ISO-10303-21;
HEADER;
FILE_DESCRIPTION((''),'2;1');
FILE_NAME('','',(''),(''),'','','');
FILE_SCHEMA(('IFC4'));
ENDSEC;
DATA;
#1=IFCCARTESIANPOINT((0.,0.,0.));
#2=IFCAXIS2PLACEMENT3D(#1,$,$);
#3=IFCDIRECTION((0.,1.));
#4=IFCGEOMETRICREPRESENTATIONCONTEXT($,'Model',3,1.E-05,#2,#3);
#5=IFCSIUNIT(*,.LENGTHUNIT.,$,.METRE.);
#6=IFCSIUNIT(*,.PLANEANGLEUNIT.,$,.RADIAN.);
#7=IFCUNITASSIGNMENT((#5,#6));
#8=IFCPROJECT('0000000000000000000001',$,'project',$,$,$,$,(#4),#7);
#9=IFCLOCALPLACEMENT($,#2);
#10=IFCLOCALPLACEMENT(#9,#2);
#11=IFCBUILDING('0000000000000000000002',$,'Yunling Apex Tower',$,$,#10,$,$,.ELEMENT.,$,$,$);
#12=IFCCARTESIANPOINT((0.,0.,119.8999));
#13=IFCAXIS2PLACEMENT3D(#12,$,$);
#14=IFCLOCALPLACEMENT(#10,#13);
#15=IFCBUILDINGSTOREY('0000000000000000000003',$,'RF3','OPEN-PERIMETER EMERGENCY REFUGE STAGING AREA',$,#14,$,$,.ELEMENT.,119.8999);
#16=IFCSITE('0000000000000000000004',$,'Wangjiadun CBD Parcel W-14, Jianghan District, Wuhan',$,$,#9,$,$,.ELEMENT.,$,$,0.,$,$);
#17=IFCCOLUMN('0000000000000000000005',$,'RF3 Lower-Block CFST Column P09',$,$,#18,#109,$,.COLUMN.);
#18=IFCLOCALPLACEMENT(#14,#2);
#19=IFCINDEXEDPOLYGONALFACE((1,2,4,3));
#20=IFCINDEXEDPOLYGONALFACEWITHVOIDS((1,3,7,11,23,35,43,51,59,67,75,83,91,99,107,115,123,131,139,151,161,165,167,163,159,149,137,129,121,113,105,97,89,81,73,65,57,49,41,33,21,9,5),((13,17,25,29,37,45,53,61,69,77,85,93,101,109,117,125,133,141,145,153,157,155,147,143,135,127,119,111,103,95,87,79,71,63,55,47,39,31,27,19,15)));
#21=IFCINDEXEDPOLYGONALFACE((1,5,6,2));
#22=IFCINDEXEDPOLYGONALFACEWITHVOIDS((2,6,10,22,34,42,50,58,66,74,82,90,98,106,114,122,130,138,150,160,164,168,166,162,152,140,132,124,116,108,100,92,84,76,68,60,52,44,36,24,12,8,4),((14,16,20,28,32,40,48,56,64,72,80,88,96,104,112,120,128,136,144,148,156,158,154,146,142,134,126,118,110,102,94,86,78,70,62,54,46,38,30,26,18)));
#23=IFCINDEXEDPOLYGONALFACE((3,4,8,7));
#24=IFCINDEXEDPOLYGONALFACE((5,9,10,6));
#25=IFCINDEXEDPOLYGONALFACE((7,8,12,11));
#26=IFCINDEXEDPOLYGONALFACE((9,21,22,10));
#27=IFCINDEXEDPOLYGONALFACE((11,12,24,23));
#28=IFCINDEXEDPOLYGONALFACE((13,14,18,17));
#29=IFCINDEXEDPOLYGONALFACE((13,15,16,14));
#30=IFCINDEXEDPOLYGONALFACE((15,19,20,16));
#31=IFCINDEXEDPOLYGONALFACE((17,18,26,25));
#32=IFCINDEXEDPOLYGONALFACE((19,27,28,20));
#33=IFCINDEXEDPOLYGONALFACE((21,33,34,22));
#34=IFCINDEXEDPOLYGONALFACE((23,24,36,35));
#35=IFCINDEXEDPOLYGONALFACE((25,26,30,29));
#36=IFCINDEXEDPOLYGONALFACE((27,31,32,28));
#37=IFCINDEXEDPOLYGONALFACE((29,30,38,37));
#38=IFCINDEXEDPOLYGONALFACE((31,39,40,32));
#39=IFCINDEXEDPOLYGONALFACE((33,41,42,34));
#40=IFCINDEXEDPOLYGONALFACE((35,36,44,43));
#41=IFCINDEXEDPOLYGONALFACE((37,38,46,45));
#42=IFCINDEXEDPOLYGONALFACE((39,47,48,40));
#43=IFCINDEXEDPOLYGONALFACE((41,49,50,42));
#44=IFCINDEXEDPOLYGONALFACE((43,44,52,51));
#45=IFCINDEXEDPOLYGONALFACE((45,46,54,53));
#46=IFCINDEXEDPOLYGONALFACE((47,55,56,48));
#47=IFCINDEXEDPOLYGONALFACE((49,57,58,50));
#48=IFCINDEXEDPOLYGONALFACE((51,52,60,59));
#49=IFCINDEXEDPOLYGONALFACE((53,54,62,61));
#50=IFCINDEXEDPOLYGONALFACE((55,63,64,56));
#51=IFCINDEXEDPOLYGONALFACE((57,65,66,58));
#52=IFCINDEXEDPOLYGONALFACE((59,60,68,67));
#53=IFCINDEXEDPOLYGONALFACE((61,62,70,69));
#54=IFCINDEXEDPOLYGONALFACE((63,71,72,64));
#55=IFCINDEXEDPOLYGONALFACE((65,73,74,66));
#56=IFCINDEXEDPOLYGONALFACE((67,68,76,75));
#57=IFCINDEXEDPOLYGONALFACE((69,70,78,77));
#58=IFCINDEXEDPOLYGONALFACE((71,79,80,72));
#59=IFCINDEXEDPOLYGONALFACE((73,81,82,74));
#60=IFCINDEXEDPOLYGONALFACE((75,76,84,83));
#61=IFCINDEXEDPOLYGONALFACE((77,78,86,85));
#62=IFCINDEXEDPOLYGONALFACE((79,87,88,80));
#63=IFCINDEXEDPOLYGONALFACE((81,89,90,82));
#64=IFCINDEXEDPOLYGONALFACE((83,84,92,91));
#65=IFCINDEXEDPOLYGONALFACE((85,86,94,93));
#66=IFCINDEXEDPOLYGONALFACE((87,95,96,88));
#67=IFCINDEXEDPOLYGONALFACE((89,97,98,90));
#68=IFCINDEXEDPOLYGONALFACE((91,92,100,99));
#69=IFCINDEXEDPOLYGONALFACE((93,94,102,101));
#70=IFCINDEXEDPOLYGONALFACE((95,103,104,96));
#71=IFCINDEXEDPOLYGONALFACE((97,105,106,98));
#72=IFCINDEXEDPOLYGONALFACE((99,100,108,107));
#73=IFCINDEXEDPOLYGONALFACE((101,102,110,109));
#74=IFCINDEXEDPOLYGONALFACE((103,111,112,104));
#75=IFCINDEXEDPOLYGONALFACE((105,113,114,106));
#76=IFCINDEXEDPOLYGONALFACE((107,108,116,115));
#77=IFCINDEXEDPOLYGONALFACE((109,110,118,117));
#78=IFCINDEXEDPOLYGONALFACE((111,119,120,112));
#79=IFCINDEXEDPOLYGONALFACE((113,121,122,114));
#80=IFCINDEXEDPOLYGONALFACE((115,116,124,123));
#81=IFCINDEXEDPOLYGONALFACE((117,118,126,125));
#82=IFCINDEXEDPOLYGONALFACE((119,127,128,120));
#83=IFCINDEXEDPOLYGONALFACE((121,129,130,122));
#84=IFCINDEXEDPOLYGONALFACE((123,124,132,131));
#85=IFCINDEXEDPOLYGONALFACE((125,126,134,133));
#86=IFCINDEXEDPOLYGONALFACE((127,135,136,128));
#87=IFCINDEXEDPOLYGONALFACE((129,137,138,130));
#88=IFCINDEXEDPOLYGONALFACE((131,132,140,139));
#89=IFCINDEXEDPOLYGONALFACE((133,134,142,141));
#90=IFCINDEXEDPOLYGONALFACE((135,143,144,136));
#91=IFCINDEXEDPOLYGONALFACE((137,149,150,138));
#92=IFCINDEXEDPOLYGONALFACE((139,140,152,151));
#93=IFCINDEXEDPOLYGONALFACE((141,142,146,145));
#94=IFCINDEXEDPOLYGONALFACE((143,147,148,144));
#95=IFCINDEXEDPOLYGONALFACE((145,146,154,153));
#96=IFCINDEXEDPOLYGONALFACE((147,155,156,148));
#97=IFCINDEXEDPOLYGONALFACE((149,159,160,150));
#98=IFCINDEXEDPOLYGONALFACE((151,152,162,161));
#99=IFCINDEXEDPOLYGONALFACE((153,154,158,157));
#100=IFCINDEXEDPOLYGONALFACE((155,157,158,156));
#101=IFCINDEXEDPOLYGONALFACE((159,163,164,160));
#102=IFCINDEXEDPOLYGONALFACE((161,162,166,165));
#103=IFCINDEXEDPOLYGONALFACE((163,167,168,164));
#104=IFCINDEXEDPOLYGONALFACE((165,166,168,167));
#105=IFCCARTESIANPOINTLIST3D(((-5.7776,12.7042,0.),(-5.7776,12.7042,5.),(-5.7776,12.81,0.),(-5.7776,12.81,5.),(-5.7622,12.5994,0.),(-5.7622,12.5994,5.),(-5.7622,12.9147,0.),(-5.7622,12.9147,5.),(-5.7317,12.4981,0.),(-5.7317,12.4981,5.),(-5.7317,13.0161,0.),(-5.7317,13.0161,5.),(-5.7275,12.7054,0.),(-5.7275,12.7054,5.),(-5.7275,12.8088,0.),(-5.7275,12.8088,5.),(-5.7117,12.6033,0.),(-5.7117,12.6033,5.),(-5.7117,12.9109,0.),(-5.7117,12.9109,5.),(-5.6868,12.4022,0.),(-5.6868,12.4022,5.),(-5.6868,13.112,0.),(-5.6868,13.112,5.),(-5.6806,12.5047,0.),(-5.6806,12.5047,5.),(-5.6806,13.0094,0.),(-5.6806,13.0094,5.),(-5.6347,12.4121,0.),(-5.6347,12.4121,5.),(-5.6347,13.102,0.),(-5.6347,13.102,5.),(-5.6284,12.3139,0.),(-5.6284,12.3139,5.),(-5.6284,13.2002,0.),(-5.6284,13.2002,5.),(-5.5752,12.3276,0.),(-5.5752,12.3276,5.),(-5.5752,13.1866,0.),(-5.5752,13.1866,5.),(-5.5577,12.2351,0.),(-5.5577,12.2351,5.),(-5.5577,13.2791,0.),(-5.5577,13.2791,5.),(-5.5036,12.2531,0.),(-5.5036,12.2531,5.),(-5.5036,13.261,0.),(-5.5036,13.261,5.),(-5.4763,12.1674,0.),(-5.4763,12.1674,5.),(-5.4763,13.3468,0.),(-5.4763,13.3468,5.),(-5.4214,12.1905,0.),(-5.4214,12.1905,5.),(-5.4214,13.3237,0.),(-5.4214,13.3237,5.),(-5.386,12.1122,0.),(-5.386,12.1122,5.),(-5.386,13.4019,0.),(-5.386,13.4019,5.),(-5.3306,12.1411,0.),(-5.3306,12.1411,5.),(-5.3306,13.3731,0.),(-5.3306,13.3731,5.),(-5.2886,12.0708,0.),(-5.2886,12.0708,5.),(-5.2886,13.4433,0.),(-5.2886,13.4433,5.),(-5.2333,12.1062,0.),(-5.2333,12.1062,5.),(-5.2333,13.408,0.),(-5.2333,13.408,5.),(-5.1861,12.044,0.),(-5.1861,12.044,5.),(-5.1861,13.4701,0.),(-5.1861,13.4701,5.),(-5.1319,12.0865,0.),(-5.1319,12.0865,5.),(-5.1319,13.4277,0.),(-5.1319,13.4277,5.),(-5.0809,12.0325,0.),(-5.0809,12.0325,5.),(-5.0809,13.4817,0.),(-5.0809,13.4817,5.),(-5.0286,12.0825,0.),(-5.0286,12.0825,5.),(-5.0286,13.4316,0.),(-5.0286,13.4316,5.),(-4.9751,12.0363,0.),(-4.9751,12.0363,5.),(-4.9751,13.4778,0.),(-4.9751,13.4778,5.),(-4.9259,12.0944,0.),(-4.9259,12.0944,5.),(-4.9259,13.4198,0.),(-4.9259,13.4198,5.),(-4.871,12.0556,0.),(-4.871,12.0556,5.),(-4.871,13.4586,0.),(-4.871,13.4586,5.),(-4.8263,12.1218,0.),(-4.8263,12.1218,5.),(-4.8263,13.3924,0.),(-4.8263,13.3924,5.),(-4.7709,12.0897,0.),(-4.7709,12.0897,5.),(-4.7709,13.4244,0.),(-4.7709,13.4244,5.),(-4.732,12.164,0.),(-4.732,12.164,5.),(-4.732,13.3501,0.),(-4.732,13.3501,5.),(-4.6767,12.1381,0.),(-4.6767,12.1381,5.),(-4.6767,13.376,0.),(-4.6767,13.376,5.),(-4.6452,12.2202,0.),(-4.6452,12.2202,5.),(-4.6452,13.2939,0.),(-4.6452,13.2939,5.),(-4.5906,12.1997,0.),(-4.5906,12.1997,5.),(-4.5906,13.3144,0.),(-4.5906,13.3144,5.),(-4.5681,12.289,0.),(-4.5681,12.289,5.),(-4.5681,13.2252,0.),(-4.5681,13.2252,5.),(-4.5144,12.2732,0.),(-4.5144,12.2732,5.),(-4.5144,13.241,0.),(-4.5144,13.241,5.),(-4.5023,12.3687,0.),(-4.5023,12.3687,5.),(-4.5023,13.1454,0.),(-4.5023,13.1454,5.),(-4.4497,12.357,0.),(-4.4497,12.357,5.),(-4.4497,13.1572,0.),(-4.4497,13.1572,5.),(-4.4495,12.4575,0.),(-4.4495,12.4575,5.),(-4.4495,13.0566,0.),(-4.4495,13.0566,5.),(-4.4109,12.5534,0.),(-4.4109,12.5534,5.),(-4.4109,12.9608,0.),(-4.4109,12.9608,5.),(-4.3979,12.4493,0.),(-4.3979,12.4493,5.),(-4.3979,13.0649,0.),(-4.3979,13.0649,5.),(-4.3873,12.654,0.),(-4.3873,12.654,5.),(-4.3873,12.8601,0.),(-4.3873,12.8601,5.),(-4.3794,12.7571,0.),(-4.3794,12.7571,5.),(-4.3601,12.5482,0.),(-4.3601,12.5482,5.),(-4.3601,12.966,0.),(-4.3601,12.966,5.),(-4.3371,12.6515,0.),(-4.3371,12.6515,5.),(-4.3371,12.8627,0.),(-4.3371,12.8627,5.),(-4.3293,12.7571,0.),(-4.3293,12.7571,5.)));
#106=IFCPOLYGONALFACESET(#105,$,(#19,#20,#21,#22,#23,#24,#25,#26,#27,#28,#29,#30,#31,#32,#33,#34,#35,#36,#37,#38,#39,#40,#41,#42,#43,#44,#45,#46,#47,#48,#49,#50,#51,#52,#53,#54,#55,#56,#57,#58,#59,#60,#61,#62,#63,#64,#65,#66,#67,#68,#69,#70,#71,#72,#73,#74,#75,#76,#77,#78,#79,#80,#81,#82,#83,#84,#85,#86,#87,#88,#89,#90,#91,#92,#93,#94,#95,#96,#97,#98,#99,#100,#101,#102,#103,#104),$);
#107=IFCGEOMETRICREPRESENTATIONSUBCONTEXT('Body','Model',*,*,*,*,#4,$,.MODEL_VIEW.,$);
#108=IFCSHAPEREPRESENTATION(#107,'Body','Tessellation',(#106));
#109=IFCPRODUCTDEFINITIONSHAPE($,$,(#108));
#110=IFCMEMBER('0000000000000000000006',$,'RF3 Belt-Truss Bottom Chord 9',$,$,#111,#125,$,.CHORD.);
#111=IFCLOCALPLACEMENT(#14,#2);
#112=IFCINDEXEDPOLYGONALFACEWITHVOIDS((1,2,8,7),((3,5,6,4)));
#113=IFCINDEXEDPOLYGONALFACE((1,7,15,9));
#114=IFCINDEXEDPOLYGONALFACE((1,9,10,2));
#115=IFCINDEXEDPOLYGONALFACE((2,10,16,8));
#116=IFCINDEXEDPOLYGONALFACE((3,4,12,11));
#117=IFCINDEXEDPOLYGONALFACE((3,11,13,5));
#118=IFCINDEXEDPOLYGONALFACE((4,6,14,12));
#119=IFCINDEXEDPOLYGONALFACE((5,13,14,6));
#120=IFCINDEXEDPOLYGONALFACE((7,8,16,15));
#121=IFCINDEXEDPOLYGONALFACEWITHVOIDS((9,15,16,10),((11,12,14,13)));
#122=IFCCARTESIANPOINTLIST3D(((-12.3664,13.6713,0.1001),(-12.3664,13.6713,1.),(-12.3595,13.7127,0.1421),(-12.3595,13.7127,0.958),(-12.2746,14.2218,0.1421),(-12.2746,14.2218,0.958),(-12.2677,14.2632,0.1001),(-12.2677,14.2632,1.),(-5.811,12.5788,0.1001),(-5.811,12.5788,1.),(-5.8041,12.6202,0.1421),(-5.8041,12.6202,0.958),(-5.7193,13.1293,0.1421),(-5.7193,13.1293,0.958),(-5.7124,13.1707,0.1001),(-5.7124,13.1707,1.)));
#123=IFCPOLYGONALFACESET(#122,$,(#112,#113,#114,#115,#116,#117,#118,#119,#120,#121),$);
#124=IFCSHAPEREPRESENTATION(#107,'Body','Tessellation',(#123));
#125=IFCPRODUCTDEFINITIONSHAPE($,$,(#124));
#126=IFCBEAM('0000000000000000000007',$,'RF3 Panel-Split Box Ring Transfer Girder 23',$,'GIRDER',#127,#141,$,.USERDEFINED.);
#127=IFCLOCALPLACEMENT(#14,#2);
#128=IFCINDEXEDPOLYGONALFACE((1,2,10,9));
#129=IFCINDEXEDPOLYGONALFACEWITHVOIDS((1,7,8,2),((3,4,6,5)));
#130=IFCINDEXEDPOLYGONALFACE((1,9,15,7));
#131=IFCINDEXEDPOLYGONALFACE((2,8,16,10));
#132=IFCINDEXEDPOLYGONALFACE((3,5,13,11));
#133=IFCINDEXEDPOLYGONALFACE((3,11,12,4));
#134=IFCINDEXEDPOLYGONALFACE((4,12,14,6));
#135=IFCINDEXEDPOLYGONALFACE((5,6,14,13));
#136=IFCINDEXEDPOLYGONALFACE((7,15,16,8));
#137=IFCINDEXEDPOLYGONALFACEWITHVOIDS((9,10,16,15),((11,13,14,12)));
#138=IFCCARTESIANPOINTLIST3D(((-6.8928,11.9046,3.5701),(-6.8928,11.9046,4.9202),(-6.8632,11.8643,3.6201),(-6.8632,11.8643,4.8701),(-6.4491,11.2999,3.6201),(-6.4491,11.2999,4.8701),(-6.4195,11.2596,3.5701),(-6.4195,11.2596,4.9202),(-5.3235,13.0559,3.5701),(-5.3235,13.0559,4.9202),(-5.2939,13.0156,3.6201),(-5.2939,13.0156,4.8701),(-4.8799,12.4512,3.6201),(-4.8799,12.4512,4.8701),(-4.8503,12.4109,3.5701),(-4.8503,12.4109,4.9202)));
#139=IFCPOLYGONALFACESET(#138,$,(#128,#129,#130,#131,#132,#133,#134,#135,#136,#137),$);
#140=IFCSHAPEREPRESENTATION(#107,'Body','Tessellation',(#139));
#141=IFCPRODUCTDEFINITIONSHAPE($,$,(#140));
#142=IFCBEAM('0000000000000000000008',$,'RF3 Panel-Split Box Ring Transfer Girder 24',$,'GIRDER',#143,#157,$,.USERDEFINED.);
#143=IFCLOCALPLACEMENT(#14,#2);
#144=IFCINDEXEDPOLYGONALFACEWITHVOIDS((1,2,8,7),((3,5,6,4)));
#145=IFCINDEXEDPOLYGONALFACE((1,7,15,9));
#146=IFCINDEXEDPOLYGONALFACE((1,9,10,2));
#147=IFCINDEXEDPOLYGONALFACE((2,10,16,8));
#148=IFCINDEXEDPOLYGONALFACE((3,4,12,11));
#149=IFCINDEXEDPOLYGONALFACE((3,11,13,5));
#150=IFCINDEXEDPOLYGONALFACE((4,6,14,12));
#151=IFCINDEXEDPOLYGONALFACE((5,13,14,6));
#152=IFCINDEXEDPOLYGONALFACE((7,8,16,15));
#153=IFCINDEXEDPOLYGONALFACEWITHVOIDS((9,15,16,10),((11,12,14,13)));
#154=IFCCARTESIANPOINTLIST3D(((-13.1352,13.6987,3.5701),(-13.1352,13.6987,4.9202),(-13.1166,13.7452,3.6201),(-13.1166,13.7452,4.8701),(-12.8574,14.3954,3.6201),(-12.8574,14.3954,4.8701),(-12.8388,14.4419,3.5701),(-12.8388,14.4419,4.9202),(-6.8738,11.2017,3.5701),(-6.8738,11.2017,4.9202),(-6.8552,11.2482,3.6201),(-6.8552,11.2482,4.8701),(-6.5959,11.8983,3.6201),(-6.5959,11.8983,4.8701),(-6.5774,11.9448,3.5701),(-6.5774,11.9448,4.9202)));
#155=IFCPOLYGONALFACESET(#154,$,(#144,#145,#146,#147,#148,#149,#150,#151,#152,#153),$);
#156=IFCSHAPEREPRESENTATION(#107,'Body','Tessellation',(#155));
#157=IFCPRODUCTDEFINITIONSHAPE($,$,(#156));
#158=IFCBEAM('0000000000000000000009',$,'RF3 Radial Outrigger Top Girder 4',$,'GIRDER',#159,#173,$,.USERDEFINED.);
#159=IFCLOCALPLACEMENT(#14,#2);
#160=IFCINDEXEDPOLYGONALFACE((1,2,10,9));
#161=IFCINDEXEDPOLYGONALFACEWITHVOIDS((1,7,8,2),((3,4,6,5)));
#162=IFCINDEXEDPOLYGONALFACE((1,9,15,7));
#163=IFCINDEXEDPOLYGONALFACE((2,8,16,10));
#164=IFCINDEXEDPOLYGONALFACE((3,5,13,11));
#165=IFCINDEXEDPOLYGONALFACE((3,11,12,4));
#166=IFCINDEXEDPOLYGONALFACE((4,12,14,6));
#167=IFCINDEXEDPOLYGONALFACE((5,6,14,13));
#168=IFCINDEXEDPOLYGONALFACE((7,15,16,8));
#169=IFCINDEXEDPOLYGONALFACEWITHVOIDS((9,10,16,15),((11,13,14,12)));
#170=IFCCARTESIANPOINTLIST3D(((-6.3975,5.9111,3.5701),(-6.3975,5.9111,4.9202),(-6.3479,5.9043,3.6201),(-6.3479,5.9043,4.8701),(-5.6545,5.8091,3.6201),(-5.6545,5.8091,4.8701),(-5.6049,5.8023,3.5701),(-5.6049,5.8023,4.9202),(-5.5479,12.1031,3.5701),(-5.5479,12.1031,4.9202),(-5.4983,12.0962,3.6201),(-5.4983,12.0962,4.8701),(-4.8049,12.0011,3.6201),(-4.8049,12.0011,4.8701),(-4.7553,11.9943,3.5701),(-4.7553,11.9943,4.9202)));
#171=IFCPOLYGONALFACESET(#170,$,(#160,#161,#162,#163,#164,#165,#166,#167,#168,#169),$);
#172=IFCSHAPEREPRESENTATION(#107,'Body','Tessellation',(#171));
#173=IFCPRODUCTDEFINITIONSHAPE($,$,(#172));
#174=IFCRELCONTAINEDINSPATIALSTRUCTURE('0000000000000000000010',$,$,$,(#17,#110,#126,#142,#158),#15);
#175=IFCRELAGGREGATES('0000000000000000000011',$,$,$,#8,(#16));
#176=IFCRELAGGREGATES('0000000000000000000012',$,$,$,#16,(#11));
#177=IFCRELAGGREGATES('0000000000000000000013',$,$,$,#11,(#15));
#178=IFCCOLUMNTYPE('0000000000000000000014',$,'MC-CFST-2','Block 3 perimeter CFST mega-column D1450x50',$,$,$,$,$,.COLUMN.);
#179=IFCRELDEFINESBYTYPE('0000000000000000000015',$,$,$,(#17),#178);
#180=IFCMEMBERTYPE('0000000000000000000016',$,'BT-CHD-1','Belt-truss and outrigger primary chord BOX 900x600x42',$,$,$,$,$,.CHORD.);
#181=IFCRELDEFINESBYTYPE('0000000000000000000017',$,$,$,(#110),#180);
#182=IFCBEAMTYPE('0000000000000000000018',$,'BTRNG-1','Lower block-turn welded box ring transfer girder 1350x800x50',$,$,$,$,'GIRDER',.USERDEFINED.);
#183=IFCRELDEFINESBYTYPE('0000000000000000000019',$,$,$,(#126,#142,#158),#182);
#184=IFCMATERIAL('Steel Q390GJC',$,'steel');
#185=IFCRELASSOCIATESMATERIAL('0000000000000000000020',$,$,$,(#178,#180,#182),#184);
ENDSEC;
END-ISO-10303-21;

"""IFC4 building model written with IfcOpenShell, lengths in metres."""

from ifc_helpers import new_model, si_unit, direction, frame, origin, origin_2d, place, context, subcontext, project, spatial, hollow_rectangle, hollow_circle, extrude, source, transform, mapped, material, material_profile, profile_set, type_object, element, save


model = new_model("IFC4")

# Units and contexts
model_context = context("Model", 3, precision=1e-05, world=origin(), true_north=direction((0.0, 1.0)))
body_context = subcontext(model_context, "Body", "Model", "MODEL_VIEW")
ifc_project = project(units=[si_unit("LENGTHUNIT", "METRE"), si_unit("PLANEANGLEUNIT", "RADIAN")], contexts=[model_context])

# Site, building, storey
site_placement = place(None, origin())
site = spatial("IfcSite", under=ifc_project, at=site_placement, Name="Wangjiadun CBD Parcel W-14, Jianghan District, Wuhan", CompositionType="ELEMENT", RefElevation=0.0)
building_placement = place(site_placement, origin())
building = spatial("IfcBuilding", under=site, at=building_placement, Name="Yunling Apex Tower", CompositionType="ELEMENT")
storey_placement = place(building_placement, frame((0.0, 0.0, 119.8999)))
storey = spatial("IfcBuildingStorey", under=building, at=storey_placement, Name="RF3", Description="OPEN-PERIMETER EMERGENCY REFUGE STAGING AREA", CompositionType="ELEMENT", Elevation=119.8999)

# Column
ifc_material_1 = material(Name="Steel Q390GJC", Category="steel")
ifc_material_profile_1 = material_profile(ifc_material_1, hollow_circle(Radius=0.7251, WallThickness=0.05, at=origin_2d()))
ifc_profile_set_1 = profile_set([ifc_material_profile_1], Name="Steel Q390GJC")
column_type = type_object("IfcColumnType", Name="MC-CFST-2", Description="Block 3 perimeter CFST mega-column D1450x50", PredefinedType="COLUMN", material=ifc_profile_set_1)
shared_shape_1 = source(origin(), body_context, "Body", "SweptSolid", [
    extrude(hollow_circle(Radius=0.7251, WallThickness=0.05, at=origin_2d()), origin(), (0.0, 0.0, 1.0), 5.0),
])
column_placement = place(storey_placement, frame((-5.0544, 12.7571, 0.0), z_axis=(0.0, 0.0, 1.0), x_axis=(1.0, 0.0, 0.0)))
element("IfcColumn", 1, at=column_placement, inside=storey, type_object=column_type, Name="RF3 Lower-Block CFST Column P09", PredefinedType="COLUMN", context=body_context, shape_type="MappedRepresentation", body=[
    mapped(shared_shape_1, transform((0.0, 0.0, 0.0), scale=1.0)),
])

# Member
ifc_material_profile_2 = material_profile(ifc_material_1, hollow_rectangle(XDim=0.6001, YDim=0.8999, WallThickness=0.042, at=origin_2d()))
ifc_profile_set_2 = profile_set([ifc_material_profile_2], Name="Steel Q390GJC")
member_type_1 = type_object("IfcMemberType", Name="BT-CHD-1", Description="Belt-truss and outrigger primary chord BOX 900x600x42", PredefinedType="CHORD", material=ifc_profile_set_2)
shared_shape_2 = source(origin(), body_context, "Body", "SweptSolid", [
    extrude(hollow_rectangle(XDim=0.6001, YDim=0.8999, WallThickness=0.042, at=origin_2d()), origin(), (0.0, 0.0, 1.0), 6.6458),
])
member_1_placement = place(storey_placement, frame((-5.7617, 12.8748, 0.55), z_axis=(-0.986395, 0.164393, 0.0), x_axis=(-0.164393, -0.986395, 0.0)))
element("IfcMember", 2, at=member_1_placement, inside=storey, type_object=member_type_1, Name="RF3 Belt-Truss Bottom Chord 9", PredefinedType="CHORD", context=body_context, shape_type="MappedRepresentation", body=[
    mapped(shared_shape_2, transform((0.0, 0.0, 0.0), scale=1.0)),
])

# Beams
ifc_material_profile_3 = material_profile(ifc_material_1, hollow_rectangle(XDim=0.8, YDim=1.3501, WallThickness=0.05, at=origin_2d()))
ifc_profile_set_3 = profile_set([ifc_material_profile_3], Name="Steel Q390GJC")
beam_type = type_object("IfcBeamType", Name="BTRNG-1", Description="Lower block-turn welded box ring transfer girder 1350x800x50", ElementType="GIRDER", PredefinedType="USERDEFINED", material=ifc_profile_set_3)
shared_shape_3 = source(origin(), body_context, "Body", "SweptSolid", [
    extrude(hollow_rectangle(XDim=0.8, YDim=1.3501, WallThickness=0.05, at=origin_2d()), origin(), (0.0, 0.0, 1.0), 1.9463),
])
beam_1_placement = place(storey_placement, frame((-5.0869, 12.7334, 4.2451), z_axis=(-0.806277, -0.591538, 0.0), x_axis=(0.591538, -0.806277, 0.0)))
element("IfcBeam", 3, at=beam_1_placement, inside=storey, type_object=beam_type, Name="RF3 Panel-Split Box Ring Transfer Girder 23", ObjectType="GIRDER", PredefinedType="USERDEFINED", context=body_context, shape_type="MappedRepresentation", body=[
    mapped(shared_shape_3, transform((0.0, 0.0, 0.0), scale=1.0)),
])
shared_shape_4 = source(origin(), body_context, "Body", "SweptSolid", [
    extrude(hollow_rectangle(XDim=0.8, YDim=1.3501, WallThickness=0.05, at=origin_2d()), origin(), (0.0, 0.0, 1.0), 6.741),
])
beam_2_placement = place(storey_placement, frame((-6.7256, 11.5732, 4.2451), z_axis=(-0.928861, 0.370429, 0.0), x_axis=(-0.370429, -0.928861, 0.0)))
element("IfcBeam", 4, at=beam_2_placement, inside=storey, type_object=beam_type, Name="RF3 Panel-Split Box Ring Transfer Girder 24", ObjectType="GIRDER", PredefinedType="USERDEFINED", context=body_context, shape_type="MappedRepresentation", body=[
    mapped(shared_shape_4, transform((0.0, 0.0, 0.0), scale=1.0)),
])
shared_shape_5 = source(origin(), body_context, "Body", "SweptSolid", [
    extrude(hollow_rectangle(XDim=0.8, YDim=1.3501, WallThickness=0.05, at=origin_2d()), origin(), (0.0, 0.0, 1.0), 6.25),
])
beam_3_placement = place(storey_placement, frame((-6.0012, 5.8567, 4.2451), z_axis=(0.135939, 0.990717, 0.0), x_axis=(-0.990717, 0.135939, 0.0)))
element("IfcBeam", 5, at=beam_3_placement, inside=storey, type_object=beam_type, Name="RF3 Radial Outrigger Top Girder 4", ObjectType="GIRDER", PredefinedType="USERDEFINED", context=body_context, shape_type="MappedRepresentation", body=[
    mapped(shared_shape_5, transform((0.0, 0.0, 0.0), scale=1.0)),
])

save(model, "model.ifc")
